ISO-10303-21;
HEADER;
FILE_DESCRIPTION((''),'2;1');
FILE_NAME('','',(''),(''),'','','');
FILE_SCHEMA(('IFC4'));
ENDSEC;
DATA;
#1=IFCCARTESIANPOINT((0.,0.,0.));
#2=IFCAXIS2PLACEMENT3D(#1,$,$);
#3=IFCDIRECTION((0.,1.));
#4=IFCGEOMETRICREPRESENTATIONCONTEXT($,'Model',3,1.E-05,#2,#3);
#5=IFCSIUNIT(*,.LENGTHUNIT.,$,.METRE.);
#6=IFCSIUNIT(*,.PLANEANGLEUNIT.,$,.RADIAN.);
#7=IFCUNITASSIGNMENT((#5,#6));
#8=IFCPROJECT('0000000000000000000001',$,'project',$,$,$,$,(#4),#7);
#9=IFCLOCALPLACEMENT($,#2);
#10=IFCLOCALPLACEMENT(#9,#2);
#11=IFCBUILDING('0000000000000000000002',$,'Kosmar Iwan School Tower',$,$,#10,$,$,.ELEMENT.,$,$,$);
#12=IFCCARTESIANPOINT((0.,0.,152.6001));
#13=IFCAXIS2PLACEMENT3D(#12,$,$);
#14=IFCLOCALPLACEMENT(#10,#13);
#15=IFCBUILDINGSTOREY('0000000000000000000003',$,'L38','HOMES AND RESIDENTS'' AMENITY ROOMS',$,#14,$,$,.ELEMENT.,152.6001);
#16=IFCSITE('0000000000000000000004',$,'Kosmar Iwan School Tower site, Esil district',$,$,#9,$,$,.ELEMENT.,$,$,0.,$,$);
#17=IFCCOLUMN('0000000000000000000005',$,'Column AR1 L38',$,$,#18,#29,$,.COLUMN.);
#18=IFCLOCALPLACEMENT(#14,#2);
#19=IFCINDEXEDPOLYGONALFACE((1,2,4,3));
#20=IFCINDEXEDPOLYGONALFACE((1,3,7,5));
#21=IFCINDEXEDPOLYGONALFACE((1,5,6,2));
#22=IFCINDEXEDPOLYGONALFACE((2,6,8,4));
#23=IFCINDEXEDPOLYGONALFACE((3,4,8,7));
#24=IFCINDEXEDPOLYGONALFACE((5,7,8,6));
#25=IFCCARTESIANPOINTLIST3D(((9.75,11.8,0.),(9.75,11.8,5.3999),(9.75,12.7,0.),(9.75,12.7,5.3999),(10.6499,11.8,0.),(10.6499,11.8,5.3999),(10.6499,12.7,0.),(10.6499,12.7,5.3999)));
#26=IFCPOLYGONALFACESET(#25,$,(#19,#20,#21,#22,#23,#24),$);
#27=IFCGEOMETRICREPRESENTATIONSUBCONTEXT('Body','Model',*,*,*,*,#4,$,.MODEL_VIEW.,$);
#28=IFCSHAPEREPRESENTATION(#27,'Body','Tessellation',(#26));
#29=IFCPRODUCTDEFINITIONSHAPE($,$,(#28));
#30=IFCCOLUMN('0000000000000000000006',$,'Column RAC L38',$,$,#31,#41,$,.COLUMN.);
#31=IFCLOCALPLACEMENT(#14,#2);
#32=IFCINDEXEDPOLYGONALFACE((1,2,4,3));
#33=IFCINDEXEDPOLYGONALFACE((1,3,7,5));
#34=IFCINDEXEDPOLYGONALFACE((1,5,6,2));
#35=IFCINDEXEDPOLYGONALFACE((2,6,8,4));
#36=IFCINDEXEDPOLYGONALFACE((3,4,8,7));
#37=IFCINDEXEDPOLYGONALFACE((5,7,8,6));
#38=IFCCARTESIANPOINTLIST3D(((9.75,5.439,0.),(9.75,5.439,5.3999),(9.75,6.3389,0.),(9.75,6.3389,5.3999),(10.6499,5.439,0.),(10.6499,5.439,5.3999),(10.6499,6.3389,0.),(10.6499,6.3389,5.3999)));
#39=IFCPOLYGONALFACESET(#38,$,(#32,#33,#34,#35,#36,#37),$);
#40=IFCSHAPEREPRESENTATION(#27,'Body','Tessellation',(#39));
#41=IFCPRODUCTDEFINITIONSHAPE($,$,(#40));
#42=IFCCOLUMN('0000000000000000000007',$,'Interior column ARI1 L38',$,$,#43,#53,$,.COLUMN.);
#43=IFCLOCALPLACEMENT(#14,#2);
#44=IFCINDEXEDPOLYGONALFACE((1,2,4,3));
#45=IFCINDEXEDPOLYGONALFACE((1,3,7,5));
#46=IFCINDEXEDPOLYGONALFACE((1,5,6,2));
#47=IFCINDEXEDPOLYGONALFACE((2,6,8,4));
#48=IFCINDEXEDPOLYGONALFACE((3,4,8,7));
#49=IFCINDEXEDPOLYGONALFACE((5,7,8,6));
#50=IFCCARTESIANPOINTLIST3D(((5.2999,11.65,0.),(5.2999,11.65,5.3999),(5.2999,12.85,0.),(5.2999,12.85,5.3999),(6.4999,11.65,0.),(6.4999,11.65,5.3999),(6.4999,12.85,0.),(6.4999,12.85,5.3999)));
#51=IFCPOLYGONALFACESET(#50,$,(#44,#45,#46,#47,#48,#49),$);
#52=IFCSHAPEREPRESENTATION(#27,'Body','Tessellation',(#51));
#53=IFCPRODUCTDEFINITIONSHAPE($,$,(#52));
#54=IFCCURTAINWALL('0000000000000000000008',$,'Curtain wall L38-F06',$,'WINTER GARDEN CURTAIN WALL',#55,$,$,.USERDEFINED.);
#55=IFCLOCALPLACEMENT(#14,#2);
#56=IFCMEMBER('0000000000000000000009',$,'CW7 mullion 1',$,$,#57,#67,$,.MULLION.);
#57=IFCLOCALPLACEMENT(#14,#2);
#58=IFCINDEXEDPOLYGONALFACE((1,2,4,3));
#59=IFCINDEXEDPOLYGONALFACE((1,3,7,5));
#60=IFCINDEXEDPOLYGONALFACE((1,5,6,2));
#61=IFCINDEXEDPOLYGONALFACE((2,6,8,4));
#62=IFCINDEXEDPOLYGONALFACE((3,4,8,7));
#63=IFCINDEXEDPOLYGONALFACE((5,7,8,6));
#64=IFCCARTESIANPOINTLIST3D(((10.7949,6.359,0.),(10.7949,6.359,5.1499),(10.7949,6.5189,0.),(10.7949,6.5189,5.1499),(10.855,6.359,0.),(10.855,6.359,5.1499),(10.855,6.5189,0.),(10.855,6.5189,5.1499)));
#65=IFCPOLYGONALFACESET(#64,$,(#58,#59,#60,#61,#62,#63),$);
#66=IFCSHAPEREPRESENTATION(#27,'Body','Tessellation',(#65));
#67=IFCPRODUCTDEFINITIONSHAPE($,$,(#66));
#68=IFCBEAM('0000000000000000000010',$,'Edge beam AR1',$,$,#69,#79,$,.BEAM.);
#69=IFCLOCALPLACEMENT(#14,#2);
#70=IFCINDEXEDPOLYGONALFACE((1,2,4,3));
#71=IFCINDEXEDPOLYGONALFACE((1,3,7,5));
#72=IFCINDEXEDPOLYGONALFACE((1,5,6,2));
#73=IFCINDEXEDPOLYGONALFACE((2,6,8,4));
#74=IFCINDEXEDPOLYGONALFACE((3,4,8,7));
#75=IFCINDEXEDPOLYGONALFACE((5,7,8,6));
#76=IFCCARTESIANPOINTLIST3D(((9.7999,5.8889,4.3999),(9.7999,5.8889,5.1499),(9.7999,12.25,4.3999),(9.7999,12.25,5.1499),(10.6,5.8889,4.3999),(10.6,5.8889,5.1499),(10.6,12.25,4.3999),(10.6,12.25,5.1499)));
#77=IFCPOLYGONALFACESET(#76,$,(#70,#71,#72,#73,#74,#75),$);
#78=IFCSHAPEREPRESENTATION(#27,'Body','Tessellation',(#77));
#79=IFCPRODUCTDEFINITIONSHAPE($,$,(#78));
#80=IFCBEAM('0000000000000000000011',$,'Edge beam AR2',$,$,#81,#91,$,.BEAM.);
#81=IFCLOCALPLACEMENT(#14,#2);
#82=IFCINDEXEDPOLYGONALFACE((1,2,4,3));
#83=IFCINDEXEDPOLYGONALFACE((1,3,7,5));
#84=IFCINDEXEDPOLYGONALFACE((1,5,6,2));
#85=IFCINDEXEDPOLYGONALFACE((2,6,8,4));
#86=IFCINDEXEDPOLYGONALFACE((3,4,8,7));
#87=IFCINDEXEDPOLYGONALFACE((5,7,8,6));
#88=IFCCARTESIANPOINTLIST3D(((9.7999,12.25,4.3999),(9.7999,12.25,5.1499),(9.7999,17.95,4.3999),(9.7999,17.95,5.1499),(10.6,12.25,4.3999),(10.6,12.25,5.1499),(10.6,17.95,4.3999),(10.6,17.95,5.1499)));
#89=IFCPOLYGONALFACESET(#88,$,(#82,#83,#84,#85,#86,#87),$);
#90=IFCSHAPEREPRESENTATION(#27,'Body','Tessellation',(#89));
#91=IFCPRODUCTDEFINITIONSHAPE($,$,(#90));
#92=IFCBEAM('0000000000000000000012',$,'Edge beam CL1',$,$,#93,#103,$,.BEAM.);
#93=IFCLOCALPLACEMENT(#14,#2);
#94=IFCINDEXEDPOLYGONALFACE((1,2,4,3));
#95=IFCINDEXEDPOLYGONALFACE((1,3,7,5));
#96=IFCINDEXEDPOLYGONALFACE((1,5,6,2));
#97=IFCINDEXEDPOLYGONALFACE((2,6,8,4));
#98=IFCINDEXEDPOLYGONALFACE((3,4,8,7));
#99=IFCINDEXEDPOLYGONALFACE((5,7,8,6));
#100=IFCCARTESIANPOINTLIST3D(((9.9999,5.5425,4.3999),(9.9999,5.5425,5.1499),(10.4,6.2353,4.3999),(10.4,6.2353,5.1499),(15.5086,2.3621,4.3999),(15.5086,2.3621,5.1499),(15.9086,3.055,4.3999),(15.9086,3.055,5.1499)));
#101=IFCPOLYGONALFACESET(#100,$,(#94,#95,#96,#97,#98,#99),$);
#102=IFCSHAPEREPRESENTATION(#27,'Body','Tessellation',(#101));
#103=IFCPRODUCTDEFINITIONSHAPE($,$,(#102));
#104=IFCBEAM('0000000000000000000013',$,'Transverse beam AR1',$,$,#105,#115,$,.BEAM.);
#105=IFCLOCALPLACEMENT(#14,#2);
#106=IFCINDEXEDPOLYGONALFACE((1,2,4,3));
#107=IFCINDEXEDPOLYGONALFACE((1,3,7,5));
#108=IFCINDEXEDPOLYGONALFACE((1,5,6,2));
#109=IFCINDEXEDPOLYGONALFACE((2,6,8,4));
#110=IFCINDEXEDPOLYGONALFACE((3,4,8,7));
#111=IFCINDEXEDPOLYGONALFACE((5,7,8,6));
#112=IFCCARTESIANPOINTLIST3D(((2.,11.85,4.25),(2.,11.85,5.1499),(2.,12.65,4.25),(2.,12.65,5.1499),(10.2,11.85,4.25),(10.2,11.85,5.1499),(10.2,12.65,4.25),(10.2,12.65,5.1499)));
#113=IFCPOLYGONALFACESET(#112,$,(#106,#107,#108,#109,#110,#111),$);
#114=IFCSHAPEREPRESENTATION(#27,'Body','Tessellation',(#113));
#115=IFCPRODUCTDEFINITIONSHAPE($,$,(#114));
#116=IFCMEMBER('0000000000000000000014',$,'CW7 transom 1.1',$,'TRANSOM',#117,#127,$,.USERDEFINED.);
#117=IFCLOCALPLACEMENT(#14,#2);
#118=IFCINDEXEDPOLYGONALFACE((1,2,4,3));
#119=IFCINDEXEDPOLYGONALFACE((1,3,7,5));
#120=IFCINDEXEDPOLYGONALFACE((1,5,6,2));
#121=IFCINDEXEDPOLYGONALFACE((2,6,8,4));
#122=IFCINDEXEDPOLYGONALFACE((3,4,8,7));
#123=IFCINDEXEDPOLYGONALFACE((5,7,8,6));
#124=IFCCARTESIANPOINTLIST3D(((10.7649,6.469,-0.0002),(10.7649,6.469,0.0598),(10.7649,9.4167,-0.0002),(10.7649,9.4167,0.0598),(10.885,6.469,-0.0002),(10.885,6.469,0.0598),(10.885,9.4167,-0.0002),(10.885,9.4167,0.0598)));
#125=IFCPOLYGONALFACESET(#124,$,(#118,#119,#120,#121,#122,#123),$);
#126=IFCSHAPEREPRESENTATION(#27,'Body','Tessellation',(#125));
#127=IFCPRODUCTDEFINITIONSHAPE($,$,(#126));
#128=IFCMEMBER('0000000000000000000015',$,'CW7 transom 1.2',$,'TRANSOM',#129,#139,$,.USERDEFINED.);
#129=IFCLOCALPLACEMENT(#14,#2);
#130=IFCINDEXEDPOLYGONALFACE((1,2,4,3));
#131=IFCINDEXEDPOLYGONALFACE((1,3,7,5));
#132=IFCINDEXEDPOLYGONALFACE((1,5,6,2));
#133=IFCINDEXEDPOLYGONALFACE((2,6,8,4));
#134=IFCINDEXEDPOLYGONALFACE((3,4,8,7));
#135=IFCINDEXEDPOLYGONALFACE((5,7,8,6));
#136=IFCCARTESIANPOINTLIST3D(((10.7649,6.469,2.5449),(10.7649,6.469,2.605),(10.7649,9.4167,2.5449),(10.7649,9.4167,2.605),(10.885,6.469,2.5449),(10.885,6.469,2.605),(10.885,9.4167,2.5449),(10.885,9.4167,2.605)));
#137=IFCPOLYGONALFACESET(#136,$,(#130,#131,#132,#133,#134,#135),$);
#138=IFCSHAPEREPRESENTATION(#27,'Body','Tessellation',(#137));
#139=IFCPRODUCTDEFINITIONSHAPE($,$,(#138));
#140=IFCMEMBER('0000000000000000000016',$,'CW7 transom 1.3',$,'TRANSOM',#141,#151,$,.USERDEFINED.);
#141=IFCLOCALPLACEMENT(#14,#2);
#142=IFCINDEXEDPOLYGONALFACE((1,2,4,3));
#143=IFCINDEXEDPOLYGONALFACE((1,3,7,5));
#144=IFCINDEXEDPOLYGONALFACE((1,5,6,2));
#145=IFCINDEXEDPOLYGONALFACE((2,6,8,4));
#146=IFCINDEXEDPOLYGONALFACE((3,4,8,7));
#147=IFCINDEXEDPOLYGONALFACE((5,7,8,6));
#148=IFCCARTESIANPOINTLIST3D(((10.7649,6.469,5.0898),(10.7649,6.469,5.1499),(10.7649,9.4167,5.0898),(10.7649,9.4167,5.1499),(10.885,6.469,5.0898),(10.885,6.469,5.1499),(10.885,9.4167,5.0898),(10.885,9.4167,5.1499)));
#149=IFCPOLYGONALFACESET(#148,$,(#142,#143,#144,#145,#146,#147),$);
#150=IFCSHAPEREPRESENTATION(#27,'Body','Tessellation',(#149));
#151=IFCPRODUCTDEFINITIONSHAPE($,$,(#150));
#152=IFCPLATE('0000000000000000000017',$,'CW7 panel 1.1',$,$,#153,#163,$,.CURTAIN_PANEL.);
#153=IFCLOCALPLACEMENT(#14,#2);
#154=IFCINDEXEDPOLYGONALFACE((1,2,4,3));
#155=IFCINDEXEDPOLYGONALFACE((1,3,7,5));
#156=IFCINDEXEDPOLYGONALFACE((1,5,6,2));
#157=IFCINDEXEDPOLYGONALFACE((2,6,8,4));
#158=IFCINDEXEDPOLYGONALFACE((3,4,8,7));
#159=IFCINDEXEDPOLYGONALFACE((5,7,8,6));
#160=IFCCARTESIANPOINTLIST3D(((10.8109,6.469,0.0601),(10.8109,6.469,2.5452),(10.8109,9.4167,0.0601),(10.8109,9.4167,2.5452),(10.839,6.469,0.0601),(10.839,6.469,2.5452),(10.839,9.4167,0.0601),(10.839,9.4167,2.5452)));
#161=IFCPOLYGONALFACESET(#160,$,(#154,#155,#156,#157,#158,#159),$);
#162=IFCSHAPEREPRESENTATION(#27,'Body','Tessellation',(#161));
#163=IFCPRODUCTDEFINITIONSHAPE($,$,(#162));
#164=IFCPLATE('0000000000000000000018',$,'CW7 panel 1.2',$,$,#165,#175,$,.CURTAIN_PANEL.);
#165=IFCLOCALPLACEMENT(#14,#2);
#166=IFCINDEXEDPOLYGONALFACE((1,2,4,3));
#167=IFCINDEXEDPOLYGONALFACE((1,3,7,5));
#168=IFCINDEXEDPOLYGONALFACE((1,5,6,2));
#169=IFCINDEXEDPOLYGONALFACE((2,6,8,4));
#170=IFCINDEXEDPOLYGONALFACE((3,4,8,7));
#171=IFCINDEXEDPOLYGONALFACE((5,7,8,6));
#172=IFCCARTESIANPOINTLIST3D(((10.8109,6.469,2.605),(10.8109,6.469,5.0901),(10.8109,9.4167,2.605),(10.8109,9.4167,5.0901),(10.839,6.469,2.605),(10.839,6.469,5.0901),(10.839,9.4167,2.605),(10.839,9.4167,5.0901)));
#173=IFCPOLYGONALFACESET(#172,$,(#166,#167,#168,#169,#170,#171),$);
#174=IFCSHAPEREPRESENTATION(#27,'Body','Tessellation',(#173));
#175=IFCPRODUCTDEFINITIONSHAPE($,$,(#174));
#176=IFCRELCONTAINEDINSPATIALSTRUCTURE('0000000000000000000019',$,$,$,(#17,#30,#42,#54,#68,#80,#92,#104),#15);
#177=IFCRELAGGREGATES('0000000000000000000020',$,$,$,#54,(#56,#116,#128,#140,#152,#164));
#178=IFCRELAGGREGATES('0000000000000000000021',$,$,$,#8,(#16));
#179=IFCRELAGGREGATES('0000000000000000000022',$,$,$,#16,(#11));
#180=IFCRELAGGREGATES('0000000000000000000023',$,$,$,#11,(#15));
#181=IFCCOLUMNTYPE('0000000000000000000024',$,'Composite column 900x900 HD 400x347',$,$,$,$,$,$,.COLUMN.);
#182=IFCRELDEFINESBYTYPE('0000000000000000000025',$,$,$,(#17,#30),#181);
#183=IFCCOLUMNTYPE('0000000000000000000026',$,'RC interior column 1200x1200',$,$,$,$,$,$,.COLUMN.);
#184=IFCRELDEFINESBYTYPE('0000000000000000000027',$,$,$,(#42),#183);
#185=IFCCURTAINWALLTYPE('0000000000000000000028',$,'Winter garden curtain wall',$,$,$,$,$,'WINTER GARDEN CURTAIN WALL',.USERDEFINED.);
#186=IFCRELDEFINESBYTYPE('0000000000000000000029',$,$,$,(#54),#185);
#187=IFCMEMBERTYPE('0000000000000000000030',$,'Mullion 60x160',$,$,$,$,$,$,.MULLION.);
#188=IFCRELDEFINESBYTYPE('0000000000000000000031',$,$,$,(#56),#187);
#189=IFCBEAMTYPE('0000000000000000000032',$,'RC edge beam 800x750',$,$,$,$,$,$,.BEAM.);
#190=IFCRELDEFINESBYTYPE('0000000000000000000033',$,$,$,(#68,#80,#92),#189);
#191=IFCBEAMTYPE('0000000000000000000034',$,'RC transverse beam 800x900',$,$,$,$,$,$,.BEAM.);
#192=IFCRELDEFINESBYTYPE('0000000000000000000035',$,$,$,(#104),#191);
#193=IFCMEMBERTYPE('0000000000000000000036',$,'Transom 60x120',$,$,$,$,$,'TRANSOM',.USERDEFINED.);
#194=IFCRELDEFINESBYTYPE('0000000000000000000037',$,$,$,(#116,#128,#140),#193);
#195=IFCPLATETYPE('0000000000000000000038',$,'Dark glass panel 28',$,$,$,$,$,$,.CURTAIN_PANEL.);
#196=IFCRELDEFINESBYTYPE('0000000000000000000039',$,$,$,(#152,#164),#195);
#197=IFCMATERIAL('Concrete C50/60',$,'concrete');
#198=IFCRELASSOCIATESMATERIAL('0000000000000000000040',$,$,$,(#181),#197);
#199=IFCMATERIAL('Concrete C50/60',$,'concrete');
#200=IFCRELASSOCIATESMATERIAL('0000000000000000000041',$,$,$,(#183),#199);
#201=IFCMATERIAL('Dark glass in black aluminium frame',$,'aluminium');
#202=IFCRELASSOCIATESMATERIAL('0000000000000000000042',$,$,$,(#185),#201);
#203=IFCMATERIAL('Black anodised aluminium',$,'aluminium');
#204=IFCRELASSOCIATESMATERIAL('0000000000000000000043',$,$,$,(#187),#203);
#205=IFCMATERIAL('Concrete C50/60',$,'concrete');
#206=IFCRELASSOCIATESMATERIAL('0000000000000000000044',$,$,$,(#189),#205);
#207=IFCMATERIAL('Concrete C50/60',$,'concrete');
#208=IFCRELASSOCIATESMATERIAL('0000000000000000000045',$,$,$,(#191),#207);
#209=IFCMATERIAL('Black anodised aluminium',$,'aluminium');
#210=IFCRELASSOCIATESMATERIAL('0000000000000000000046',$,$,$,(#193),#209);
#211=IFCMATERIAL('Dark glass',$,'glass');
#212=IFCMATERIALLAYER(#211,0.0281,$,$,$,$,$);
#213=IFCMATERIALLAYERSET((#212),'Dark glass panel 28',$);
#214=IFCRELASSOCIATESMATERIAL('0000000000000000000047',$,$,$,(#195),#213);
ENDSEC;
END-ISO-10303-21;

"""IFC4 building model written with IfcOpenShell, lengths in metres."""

from ifc_helpers import new_model, si_unit, direction, frame, origin, origin_2d, place, context, subcontext, project, spatial, rectangle, extrude, material, layer, layer_set, material_profile, profile_set, type_object, element, aggregate, save


model = new_model("IFC4")

# Units and contexts
model_context = context("Model", 3, precision=1e-05, world=origin(), true_north=direction((0.0, 1.0)))
body_context = subcontext(model_context, "Body", "Model", "MODEL_VIEW")
ifc_project = project(units=[si_unit("LENGTHUNIT", "METRE"), si_unit("PLANEANGLEUNIT", "RADIAN")], contexts=[model_context])

# Site, building, storey
site_placement = place(None, origin())
site = spatial("IfcSite", under=ifc_project, at=site_placement, Name="Kosmar Iwan School Tower site, Esil district", CompositionType="ELEMENT", RefElevation=0.0)
building_placement = place(site_placement, origin())
building = spatial("IfcBuilding", under=site, at=building_placement, Name="Kosmar Iwan School Tower", CompositionType="ELEMENT")
storey_placement = place(building_placement, frame((0.0, 0.0, 152.6001)))
storey = spatial("IfcBuildingStorey", under=building, at=storey_placement, Name="L38", Description="HOMES AND RESIDENTS' AMENITY ROOMS", CompositionType="ELEMENT", Elevation=152.6001)

# Columns
ifc_material_1 = material(Name="Concrete C50/60", Category="concrete")
ifc_material_profile_1 = material_profile(ifc_material_1, rectangle(XDim=0.8999, YDim=0.8999, at=origin_2d()), Name="RC 900x900 + HD 400x347")
ifc_profile_set_1 = profile_set([ifc_material_profile_1], Name="Concrete C50/60")
column_type_1 = type_object("IfcColumnType", Name="Composite column 900x900 HD 400x347", PredefinedType="COLUMN", material=ifc_profile_set_1)
for number, where, z_axis, x_axis, name in (
    (1, (10.2, 12.25, 0.0), (0.0, 0.0, 1.0), (0.0, 1.0, 0.0), "Column AR1 L38"),
    (2, (10.2, 5.8889, 0.0), (0.0, 0.0, 1.0), (1.0, 0.0, 0.0), "Column RAC L38"),
):
    element("IfcColumn", number, at=place(storey_placement, frame(where, z_axis=z_axis, x_axis=x_axis)), inside=storey, type_object=column_type_1, Name=name, PredefinedType="COLUMN", context=body_context, shape_type="SweptSolid", body=[
        extrude(rectangle(XDim=0.8999, YDim=0.8999, at=origin_2d()), origin(), (0.0, 0.0, 1.0), 5.3999),
    ])
ifc_material_2 = material(Name="Concrete C50/60", Category="concrete")
ifc_material_profile_2 = material_profile(ifc_material_2, rectangle(XDim=1.2, YDim=1.2, at=origin_2d()), Name="RC 1200x1200")
ifc_profile_set_2 = profile_set([ifc_material_profile_2], Name="Concrete C50/60")
column_type_2 = type_object("IfcColumnType", Name="RC interior column 1200x1200", PredefinedType="COLUMN", material=ifc_profile_set_2)
column_placement = place(storey_placement, frame((5.8999, 12.25, 0.0), z_axis=(0.0, 0.0, 1.0), x_axis=(0.0, 1.0, 0.0)))
element("IfcColumn", 3, at=column_placement, inside=storey, type_object=column_type_2, Name="Interior column ARI1 L38", PredefinedType="COLUMN", context=body_context, shape_type="SweptSolid", body=[
    extrude(rectangle(XDim=1.2, YDim=1.2, at=origin_2d()), origin(), (0.0, 0.0, 1.0), 5.3999),
])

# Curtain wall, member
ifc_material_3 = material(Name="Dark glass in black aluminium frame", Category="aluminium")
curtain_wall_type = type_object("IfcCurtainWallType", Name="Winter garden curtain wall", ElementType="WINTER GARDEN CURTAIN WALL", PredefinedType="USERDEFINED", material=ifc_material_3)
curtain_wall_placement = place(storey_placement, origin())
curtain_wall = element("IfcCurtainWall", 4, at=curtain_wall_placement, inside=storey, type_object=curtain_wall_type, Name="Curtain wall L38-F06", ObjectType="WINTER GARDEN CURTAIN WALL", PredefinedType="USERDEFINED")
ifc_material_4 = material(Name="Black anodised aluminium", Category="aluminium")
ifc_material_profile_3 = material_profile(ifc_material_4, rectangle(XDim=0.0601, YDim=0.1599, at=origin_2d()), Name="MULLION 60x160")
ifc_profile_set_3 = profile_set([ifc_material_profile_3], Name="Black anodised aluminium")
member_type_1 = type_object("IfcMemberType", Name="Mullion 60x160", PredefinedType="MULLION", material=ifc_profile_set_3)
member_1_placement = place(storey_placement, frame((10.825, 6.439, 0.0), z_axis=(0.0, 0.0, 1.0), x_axis=(-1.0, 0.0, 0.0)))
member_1 = element("IfcMember", 5, at=member_1_placement, type_object=member_type_1, Name="CW7 mullion 1", PredefinedType="MULLION", context=body_context, shape_type="SweptSolid", body=[
    extrude(rectangle(XDim=0.0601, YDim=0.1599, at=origin_2d()), origin(), (0.0, 0.0, 1.0), 5.1499),
])

# Beams
ifc_material_5 = material(Name="Concrete C50/60", Category="concrete")
ifc_material_profile_4 = material_profile(ifc_material_5, rectangle(XDim=0.8, YDim=0.75, at=origin_2d()), Name="RC 800x750")
ifc_profile_set_4 = profile_set([ifc_material_profile_4], Name="Concrete C50/60")
beam_type_1 = type_object("IfcBeamType", Name="RC edge beam 800x750", PredefinedType="BEAM", material=ifc_profile_set_4)
beam_1_placement = place(storey_placement, frame((10.2, 5.8889, 4.7749), z_axis=(0.0, 1.0, 0.0), x_axis=(-1.0, 0.0, 0.0)))
element("IfcBeam", 6, at=beam_1_placement, inside=storey, type_object=beam_type_1, Name="Edge beam AR1", PredefinedType="BEAM", context=body_context, shape_type="SweptSolid", body=[
    extrude(rectangle(XDim=0.8, YDim=0.75, at=origin_2d()), origin(), (0.0, 0.0, 1.0), 6.3611),
])
beam_2_placement = place(storey_placement, frame((10.2, 12.25, 4.7749), z_axis=(0.0, 1.0, 0.0), x_axis=(-1.0, 0.0, 0.0)))
element("IfcBeam", 7, at=beam_2_placement, inside=storey, type_object=beam_type_1, Name="Edge beam AR2", PredefinedType="BEAM", context=body_context, shape_type="SweptSolid", body=[
    extrude(rectangle(XDim=0.8, YDim=0.75, at=origin_2d()), origin(), (0.0, 0.0, 1.0), 5.7),
])
beam_3_placement = place(storey_placement, frame((10.2, 5.8889, 4.7749), z_axis=(0.866031, -0.49999, 0.0), x_axis=(0.49999, 0.866031, 0.0)))
element("IfcBeam", 8, at=beam_3_placement, inside=storey, type_object=beam_type_1, Name="Edge beam CL1", PredefinedType="BEAM", context=body_context, shape_type="SweptSolid", body=[
    extrude(rectangle(XDim=0.8, YDim=0.75, at=origin_2d()), origin(), (0.0, 0.0, 1.0), 6.3608),
])
ifc_material_6 = material(Name="Concrete C50/60", Category="concrete")
ifc_material_profile_5 = material_profile(ifc_material_6, rectangle(XDim=0.8, YDim=0.8999, at=origin_2d()), Name="RC 800x900")
ifc_profile_set_5 = profile_set([ifc_material_profile_5], Name="Concrete C50/60")
beam_type_2 = type_object("IfcBeamType", Name="RC transverse beam 800x900", PredefinedType="BEAM", material=ifc_profile_set_5)
beam_4_placement = place(storey_placement, frame((10.2, 12.25, 4.7), z_axis=(-1.0, 0.0, 0.0), x_axis=(0.0, -1.0, 0.0)))
element("IfcBeam", 9, at=beam_4_placement, inside=storey, type_object=beam_type_2, Name="Transverse beam AR1", PredefinedType="BEAM", context=body_context, shape_type="SweptSolid", body=[
    extrude(rectangle(XDim=0.8, YDim=0.8999, at=origin_2d()), origin(), (0.0, 0.0, 1.0), 8.2),
])

# Members
ifc_material_7 = material(Name="Black anodised aluminium", Category="aluminium")
ifc_material_profile_6 = material_profile(ifc_material_7, rectangle(XDim=0.1201, YDim=0.0601, at=origin_2d()), Name="TRANSOM 60x120")
ifc_profile_set_6 = profile_set([ifc_material_profile_6], Name="Black anodised aluminium")
member_type_2 = type_object("IfcMemberType", Name="Transom 60x120", ElementType="TRANSOM", PredefinedType="USERDEFINED", material=ifc_profile_set_6)
member_2_placement = place(storey_placement, frame((10.825, 6.469, 0.0298), z_axis=(0.0, 1.0, 0.0), x_axis=(-1.0, 0.0, 0.0)))
member_2 = element("IfcMember", 10, at=member_2_placement, type_object=member_type_2, Name="CW7 transom 1.1", ObjectType="TRANSOM", PredefinedType="USERDEFINED", context=body_context, shape_type="SweptSolid", body=[
    extrude(rectangle(XDim=0.1201, YDim=0.0601, at=origin_2d()), origin(), (0.0, 0.0, 1.0), 2.9478),
])
member_3_placement = place(storey_placement, frame((10.825, 6.469, 2.575), z_axis=(0.0, 1.0, 0.0), x_axis=(-1.0, 0.0, 0.0)))
member_3 = element("IfcMember", 11, at=member_3_placement, type_object=member_type_2, Name="CW7 transom 1.2", ObjectType="TRANSOM", PredefinedType="USERDEFINED", context=body_context, shape_type="SweptSolid", body=[
    extrude(rectangle(XDim=0.1201, YDim=0.0601, at=origin_2d()), origin(), (0.0, 0.0, 1.0), 2.9478),
])
member_4_placement = place(storey_placement, frame((10.825, 6.469, 5.1199), z_axis=(0.0, 1.0, 0.0), x_axis=(-1.0, 0.0, 0.0)))
member_4 = element("IfcMember", 12, at=member_4_placement, type_object=member_type_2, Name="CW7 transom 1.3", ObjectType="TRANSOM", PredefinedType="USERDEFINED", context=body_context, shape_type="SweptSolid", body=[
    extrude(rectangle(XDim=0.1201, YDim=0.0601, at=origin_2d()), origin(), (0.0, 0.0, 1.0), 2.9478),
])

# Plates
ifc_material_8 = material(Name="Dark glass", Category="glass")
ifc_layer_1 = layer(ifc_material_8, 0.0281)
ifc_layer_set_1 = layer_set([ifc_layer_1], Name="Dark glass panel 28")
plate_type = type_object("IfcPlateType", Name="Dark glass panel 28", PredefinedType="CURTAIN_PANEL", material=ifc_layer_set_1)
plate_1_placement = place(storey_placement, frame((10.825, 7.9429, 0.0601), z_axis=(0.0, 0.0, 1.0), x_axis=(0.0, 1.0, 0.0)))
plate_1 = element("IfcPlate", 13, at=plate_1_placement, type_object=plate_type, Name="CW7 panel 1.1", PredefinedType="CURTAIN_PANEL", context=body_context, shape_type="SweptSolid", body=[
    extrude(rectangle(XDim=2.9478, YDim=0.0281, at=origin_2d()), origin(), (0.0, 0.0, 1.0), 2.4851),
])
plate_2_placement = place(storey_placement, frame((10.825, 7.9429, 2.605), z_axis=(0.0, 0.0, 1.0), x_axis=(0.0, 1.0, 0.0)))
plate_2 = element("IfcPlate", 14, at=plate_2_placement, type_object=plate_type, Name="CW7 panel 1.2", PredefinedType="CURTAIN_PANEL", context=body_context, shape_type="SweptSolid", body=[
    extrude(rectangle(XDim=2.9478, YDim=0.0281, at=origin_2d()), origin(), (0.0, 0.0, 1.0), 2.4851),
])
aggregate(curtain_wall, [member_1, member_2, member_3, member_4, plate_1, plate_2])

save(model, "model.ifc")
